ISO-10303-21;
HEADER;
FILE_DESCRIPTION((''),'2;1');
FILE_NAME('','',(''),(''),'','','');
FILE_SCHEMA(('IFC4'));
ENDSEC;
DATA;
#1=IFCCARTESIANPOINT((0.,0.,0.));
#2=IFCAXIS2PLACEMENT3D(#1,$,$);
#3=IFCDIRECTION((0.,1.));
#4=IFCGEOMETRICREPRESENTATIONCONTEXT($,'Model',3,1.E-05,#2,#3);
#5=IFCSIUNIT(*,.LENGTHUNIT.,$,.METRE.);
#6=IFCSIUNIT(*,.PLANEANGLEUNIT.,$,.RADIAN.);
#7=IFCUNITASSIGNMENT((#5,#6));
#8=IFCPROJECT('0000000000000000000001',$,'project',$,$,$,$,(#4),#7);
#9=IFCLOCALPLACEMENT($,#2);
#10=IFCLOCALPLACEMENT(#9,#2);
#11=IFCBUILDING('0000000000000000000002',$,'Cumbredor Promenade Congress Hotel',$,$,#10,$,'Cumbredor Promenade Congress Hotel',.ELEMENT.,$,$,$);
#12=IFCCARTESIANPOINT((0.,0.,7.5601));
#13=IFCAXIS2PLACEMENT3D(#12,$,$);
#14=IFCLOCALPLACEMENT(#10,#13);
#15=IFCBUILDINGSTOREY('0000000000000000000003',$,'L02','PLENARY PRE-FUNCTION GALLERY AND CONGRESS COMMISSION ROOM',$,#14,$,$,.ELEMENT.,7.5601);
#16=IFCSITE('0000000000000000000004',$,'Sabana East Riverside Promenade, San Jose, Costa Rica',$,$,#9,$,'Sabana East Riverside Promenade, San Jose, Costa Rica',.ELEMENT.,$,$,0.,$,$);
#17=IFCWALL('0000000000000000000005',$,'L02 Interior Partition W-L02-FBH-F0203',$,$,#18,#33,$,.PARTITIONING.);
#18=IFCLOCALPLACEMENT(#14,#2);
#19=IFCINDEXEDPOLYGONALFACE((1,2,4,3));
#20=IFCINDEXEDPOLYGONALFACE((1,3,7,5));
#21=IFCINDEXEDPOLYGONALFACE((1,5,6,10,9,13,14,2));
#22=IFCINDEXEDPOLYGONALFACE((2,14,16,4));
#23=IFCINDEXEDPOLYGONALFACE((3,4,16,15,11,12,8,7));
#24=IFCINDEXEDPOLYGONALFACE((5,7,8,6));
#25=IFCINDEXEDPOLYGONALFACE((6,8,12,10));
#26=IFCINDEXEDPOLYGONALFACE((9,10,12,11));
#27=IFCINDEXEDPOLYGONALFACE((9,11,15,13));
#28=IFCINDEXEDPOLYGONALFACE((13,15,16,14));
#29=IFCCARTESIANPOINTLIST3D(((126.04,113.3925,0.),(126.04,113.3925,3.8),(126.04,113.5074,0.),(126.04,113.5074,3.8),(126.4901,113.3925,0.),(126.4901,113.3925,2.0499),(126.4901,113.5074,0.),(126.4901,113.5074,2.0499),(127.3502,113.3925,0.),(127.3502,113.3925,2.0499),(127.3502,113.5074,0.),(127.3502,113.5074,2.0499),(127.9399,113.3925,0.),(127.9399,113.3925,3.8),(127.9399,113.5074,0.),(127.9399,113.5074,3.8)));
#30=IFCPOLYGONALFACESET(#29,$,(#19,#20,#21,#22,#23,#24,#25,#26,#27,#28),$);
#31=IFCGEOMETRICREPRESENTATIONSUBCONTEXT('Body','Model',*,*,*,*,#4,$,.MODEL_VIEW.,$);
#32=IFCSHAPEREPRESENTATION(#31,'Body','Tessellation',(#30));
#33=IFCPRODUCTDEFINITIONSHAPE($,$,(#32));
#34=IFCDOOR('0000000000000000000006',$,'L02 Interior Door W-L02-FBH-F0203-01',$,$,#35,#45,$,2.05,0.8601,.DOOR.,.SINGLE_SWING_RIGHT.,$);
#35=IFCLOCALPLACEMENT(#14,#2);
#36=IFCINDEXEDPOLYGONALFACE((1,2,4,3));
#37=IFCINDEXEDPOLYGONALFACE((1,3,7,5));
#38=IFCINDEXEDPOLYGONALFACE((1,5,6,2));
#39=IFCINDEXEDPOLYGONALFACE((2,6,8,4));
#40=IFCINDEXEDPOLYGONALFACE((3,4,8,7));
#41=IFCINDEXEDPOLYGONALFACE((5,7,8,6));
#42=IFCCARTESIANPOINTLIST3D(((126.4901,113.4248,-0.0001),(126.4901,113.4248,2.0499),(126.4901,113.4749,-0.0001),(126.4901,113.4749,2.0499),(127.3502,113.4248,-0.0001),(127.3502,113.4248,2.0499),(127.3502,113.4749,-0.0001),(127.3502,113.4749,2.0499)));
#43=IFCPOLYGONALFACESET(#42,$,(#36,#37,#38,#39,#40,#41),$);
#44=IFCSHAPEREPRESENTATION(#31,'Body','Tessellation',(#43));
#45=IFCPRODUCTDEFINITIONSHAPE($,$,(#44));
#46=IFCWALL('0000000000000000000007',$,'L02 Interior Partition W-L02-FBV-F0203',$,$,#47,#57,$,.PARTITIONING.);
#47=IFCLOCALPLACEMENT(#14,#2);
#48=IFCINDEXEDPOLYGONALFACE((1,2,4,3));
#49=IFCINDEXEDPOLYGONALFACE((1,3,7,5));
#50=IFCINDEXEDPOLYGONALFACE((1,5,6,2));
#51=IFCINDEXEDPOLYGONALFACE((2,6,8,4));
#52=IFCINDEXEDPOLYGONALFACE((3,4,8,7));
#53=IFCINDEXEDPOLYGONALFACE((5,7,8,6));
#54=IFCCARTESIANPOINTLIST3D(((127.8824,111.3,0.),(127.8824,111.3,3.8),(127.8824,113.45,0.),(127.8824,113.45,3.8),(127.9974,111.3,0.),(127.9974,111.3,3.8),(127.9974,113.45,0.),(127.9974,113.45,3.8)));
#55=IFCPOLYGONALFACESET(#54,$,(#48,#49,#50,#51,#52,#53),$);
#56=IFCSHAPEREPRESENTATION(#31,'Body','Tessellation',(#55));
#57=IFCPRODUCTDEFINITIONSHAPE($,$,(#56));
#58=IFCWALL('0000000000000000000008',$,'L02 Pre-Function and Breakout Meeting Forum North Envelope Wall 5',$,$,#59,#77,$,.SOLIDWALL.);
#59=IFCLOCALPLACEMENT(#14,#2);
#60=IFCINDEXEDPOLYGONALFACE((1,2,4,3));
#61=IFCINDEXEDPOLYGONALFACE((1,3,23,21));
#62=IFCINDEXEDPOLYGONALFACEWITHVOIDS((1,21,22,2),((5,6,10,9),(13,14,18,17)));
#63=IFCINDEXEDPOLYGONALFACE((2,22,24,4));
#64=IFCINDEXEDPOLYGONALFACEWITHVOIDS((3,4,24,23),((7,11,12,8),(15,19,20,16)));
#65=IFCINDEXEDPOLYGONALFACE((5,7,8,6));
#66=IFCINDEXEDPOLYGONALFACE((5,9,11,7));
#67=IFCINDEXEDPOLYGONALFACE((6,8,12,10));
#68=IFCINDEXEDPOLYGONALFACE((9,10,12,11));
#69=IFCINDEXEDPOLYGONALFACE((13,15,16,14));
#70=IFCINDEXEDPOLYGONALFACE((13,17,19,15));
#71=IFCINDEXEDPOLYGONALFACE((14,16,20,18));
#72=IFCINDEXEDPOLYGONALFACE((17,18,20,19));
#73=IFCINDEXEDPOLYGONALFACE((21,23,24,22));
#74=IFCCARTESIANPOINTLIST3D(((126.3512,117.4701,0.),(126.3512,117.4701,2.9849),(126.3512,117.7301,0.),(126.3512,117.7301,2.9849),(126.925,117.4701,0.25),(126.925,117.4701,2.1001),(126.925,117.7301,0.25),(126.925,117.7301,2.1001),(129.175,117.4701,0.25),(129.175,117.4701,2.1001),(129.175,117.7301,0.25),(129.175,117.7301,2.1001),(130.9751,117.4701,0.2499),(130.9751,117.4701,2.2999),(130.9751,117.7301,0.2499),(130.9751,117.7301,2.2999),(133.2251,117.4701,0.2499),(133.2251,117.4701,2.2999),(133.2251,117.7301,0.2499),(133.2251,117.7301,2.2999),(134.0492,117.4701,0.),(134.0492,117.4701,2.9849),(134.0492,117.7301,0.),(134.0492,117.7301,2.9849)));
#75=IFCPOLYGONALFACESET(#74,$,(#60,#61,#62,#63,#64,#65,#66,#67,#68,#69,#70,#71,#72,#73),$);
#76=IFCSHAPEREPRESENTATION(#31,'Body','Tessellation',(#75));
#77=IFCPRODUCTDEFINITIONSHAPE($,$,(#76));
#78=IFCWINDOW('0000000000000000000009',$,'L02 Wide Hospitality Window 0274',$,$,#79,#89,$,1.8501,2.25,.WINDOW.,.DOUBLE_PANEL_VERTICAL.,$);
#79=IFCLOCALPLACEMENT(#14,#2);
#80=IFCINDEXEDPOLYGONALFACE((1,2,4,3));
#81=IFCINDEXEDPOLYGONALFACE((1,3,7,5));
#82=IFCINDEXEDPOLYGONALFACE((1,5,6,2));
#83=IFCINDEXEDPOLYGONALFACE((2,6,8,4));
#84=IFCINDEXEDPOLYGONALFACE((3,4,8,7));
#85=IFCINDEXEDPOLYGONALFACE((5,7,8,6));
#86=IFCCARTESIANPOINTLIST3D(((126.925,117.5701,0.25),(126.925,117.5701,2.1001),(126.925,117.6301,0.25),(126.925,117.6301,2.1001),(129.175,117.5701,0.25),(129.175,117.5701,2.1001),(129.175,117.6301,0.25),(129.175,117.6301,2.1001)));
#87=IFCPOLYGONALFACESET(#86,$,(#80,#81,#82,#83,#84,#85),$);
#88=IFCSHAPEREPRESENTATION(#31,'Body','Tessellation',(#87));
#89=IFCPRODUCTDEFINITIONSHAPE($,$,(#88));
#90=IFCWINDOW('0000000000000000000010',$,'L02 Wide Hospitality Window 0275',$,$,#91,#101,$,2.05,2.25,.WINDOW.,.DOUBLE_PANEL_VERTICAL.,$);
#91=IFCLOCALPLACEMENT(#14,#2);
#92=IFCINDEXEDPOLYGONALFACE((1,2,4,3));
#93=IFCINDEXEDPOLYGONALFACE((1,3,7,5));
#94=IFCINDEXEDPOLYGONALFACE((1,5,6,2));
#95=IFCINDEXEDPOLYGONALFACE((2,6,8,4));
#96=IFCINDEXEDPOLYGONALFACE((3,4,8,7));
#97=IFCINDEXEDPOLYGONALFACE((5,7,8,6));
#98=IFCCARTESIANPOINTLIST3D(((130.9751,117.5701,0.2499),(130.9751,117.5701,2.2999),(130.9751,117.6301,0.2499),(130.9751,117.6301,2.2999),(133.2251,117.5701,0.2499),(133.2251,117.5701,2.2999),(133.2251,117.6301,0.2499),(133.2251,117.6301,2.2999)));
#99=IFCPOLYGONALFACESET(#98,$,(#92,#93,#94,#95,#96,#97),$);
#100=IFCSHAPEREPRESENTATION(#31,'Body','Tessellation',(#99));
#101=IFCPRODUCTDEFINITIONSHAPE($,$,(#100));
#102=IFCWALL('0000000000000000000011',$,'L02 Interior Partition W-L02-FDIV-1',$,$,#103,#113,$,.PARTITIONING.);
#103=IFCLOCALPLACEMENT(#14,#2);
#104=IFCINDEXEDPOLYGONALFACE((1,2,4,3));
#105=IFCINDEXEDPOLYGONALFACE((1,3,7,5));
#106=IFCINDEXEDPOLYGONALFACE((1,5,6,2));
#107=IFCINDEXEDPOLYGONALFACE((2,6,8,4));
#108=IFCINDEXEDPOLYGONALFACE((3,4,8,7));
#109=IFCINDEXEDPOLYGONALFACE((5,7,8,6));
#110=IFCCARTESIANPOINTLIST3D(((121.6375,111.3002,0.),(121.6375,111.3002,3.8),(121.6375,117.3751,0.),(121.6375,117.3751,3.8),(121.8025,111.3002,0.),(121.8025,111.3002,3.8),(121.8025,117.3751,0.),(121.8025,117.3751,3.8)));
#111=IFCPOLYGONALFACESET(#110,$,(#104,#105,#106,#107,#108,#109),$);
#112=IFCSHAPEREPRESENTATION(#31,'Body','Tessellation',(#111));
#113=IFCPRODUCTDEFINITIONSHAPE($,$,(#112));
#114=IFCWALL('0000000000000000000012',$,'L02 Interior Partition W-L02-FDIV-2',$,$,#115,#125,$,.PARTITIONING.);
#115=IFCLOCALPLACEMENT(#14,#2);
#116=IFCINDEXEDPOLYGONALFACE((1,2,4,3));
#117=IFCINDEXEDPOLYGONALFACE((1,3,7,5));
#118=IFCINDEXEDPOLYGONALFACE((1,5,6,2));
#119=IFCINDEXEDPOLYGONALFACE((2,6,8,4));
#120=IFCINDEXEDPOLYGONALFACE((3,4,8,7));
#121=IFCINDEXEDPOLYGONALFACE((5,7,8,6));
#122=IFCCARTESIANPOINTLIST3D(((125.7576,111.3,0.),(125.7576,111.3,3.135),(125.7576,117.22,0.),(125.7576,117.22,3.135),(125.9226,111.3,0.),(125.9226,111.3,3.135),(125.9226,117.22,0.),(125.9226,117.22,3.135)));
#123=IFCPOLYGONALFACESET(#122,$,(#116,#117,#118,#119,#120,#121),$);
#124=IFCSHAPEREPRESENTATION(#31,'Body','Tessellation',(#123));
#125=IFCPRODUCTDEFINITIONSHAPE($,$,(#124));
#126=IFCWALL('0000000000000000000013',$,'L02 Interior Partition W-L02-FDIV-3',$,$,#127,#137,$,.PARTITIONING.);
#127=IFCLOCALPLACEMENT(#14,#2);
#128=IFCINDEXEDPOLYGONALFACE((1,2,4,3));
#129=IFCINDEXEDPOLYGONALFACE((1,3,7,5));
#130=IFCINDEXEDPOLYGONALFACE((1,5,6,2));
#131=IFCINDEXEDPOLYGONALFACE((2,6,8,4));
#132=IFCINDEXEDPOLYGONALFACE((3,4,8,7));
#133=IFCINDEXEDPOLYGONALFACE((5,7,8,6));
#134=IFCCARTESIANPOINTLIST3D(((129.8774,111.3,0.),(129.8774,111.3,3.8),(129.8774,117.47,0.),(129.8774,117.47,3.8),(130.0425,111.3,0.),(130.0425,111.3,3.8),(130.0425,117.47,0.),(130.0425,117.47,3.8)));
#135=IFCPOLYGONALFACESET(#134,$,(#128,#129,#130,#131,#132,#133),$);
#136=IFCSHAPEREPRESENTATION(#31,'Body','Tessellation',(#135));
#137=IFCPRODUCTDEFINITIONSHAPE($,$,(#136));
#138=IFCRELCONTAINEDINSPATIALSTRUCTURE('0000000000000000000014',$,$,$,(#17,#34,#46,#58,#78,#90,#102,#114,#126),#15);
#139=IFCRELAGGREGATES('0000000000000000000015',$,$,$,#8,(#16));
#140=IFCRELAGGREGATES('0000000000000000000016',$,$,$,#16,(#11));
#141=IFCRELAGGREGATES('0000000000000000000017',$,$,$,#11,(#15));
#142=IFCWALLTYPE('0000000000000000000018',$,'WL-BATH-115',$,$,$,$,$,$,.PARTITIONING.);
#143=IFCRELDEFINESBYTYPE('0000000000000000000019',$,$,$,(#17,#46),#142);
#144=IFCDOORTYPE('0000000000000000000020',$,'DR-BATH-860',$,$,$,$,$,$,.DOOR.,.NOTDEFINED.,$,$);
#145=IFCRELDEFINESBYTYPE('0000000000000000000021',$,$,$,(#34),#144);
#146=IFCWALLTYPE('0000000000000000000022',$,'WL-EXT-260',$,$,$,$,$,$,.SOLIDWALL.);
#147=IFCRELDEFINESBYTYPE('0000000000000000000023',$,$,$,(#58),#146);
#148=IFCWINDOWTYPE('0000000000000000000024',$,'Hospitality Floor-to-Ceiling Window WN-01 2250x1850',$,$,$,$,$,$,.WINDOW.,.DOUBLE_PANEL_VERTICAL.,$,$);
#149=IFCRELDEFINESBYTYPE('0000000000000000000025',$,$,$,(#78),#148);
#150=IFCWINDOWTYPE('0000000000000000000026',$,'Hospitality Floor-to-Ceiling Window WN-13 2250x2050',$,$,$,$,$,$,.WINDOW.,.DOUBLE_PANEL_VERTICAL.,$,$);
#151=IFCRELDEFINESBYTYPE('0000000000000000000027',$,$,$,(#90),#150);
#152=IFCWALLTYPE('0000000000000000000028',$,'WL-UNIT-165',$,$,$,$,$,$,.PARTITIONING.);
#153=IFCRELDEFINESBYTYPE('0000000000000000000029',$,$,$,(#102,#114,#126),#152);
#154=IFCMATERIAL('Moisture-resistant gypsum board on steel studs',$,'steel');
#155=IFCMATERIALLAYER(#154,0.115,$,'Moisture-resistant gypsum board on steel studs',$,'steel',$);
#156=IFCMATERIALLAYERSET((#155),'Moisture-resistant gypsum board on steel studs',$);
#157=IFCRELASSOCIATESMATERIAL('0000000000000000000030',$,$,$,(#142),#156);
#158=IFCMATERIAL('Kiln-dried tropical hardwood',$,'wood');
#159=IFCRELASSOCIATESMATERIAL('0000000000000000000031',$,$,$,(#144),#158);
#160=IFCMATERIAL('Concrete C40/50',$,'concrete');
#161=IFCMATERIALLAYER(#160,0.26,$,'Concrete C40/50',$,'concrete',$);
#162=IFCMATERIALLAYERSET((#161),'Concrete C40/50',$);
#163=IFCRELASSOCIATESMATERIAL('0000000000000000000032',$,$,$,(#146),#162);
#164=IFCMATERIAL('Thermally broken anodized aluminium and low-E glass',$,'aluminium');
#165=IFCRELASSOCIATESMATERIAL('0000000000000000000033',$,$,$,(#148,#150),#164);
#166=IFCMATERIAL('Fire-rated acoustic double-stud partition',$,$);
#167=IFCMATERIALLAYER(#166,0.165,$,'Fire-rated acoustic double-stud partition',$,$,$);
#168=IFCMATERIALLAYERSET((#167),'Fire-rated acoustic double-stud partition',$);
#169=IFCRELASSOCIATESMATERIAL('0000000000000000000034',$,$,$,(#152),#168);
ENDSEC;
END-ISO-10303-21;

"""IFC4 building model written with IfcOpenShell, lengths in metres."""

from ifc_helpers import new_model, si_unit, direction, frame, frame_2d, origin, place, context, subcontext, project, spatial, rectangle, extrude, material, layer, layer_set, type_object, element, fill, save


model = new_model("IFC4")

# Units and contexts
model_context = context("Model", 3, precision=1e-05, world=origin(), true_north=direction((0.0, 1.0)))
body_context = subcontext(model_context, "Body", "Model", "MODEL_VIEW")
ifc_project = project(units=[si_unit("LENGTHUNIT", "METRE"), si_unit("PLANEANGLEUNIT", "RADIAN")], contexts=[model_context])

# Site, building, storey
site_placement = place(None, origin())
site = spatial("IfcSite", under=ifc_project, at=site_placement, Name="Sabana East Riverside Promenade, San Jose, Costa Rica", LongName="Sabana East Riverside Promenade, San Jose, Costa Rica", CompositionType="ELEMENT", RefElevation=0.0)
building_placement = place(site_placement, origin())
building = spatial("IfcBuilding", under=site, at=building_placement, Name="Cumbredor Promenade Congress Hotel", LongName="Cumbredor Promenade Congress Hotel", CompositionType="ELEMENT")
storey_placement = place(building_placement, frame((0.0, 0.0, 7.5601)))
storey = spatial("IfcBuildingStorey", under=building, at=storey_placement, Name="L02", Description="PLENARY PRE-FUNCTION GALLERY AND CONGRESS COMMISSION ROOM", CompositionType="ELEMENT", Elevation=7.5601)

# Shared definitions
ifc_material_1 = material(Name="Concrete C40/50", Category="concrete")

# Shared definitions
ifc_material_2 = material(Name="Thermally broken anodized aluminium and low-E glass", Category="aluminium")

# Shared definitions
ifc_material_3 = material(Name="Kiln-dried tropical hardwood", Category="wood")

# Shared definitions
ifc_material_4 = material(Name="Moisture-resistant gypsum board on steel studs", Category="steel")
ifc_layer_1 = layer(ifc_material_4, 0.115, Name="Moisture-resistant gypsum board on steel studs", Category="steel")
ifc_layer_set_1 = layer_set([ifc_layer_1], Name="Moisture-resistant gypsum board on steel studs")
wall_type_1 = type_object("IfcWallType", Name="WL-BATH-115", PredefinedType="PARTITIONING", material=ifc_layer_set_1)

# Shared definitions
door_type = type_object("IfcDoorType", Name="DR-BATH-860", OperationType="NOTDEFINED", PredefinedType="DOOR", material=ifc_material_3)

# Wall, opening, door
wall_1_placement = place(storey_placement, frame((126.04, 113.45, 0.0), z_axis=(0.0, 0.0, 1.0), x_axis=(1.0, 0.0, 0.0)))
wall_1 = element("IfcWall", 1, at=wall_1_placement, inside=storey, type_object=wall_type_1, Name="L02 Interior Partition W-L02-FBH-F0203", PredefinedType="PARTITIONING", context=body_context, shape_type="SweptSolid", body=[
    extrude(rectangle(XDim=1.8999, YDim=0.115, at=frame_2d((0.95, 0.0))), origin(), (0.0, 0.0, 1.0), 3.8),
])
opening_1_placement = place(wall_1_placement, frame((0.45, 0.0, 0.0)))
opening_1 = element("IfcOpeningElement", 2, at=opening_1_placement, cuts=wall_1, PredefinedType="OPENING", context=body_context, shape_type="SweptSolid", body=[
    extrude(rectangle(XDim=0.8601, YDim=2.05, at=frame_2d((0.4302, 1.0249))), frame((0.0, 0.0674, 0.0), z_axis=(0.0, -1.0, 0.0), x_axis=(1.0, 0.0, 0.0)), (0.0, 0.0, 1.0), 0.135),
])
door_1_placement = place(opening_1_placement, origin())
door_1 = element("IfcDoor", 3, at=door_1_placement, inside=storey, type_object=door_type, Name="L02 Interior Door W-L02-FBH-F0203-01", OperationType="SINGLE_SWING_RIGHT", OverallHeight=2.05, OverallWidth=0.8601, PredefinedType="DOOR", context=body_context, shape_type="SweptSolid", body=[
    extrude(rectangle(XDim=0.8601, YDim=2.05, at=frame_2d((0.4302, 1.0249))), frame((0.0, 0.0249, 0.0), z_axis=(0.0, -1.0, 0.0), x_axis=(1.0, 0.0, 0.0)), (0.0, 0.0, 1.0), 0.05),
])
fill(opening_1, door_1)

# Wall
wall_2_placement = place(storey_placement, frame((127.9399, 111.3, 0.0), z_axis=(0.0, 0.0, 1.0), x_axis=(0.0, 1.0, 0.0)))
element("IfcWall", 4, at=wall_2_placement, inside=storey, type_object=wall_type_1, Name="L02 Interior Partition W-L02-FBV-F0203", PredefinedType="PARTITIONING", context=body_context, shape_type="SweptSolid", body=[
    extrude(rectangle(XDim=2.1499, YDim=0.115, at=frame_2d((1.075, 0.0))), origin(), (0.0, 0.0, 1.0), 3.8),
])

# Wall, openings, windows
ifc_layer_2 = layer(ifc_material_1, 0.26, Name="Concrete C40/50", Category="concrete")
ifc_layer_set_2 = layer_set([ifc_layer_2], Name="Concrete C40/50")
wall_type_2 = type_object("IfcWallType", Name="WL-EXT-260", PredefinedType="SOLIDWALL", material=ifc_layer_set_2)
wall_3_placement = place(storey_placement, frame((126.3511, 117.6001, 0.0), z_axis=(0.0, 0.0, 1.0), x_axis=(1.0, 0.0, 0.0)))
wall_3 = element("IfcWall", 5, at=wall_3_placement, inside=storey, type_object=wall_type_2, Name="L02 Pre-Function and Breakout Meeting Forum North Envelope Wall 5", PredefinedType="SOLIDWALL", context=body_context, shape_type="SweptSolid", body=[
    extrude(rectangle(XDim=7.698, YDim=0.26, at=frame_2d((3.8491, 0.0))), origin(), (0.0, 0.0, 1.0), 2.9849),
])
opening_2_placement = place(wall_3_placement, frame((0.574, 0.0, 0.25)))
opening_2 = element("IfcOpeningElement", 6, at=opening_2_placement, cuts=wall_3, PredefinedType="OPENING", context=body_context, shape_type="SweptSolid", body=[
    extrude(rectangle(XDim=2.25, YDim=1.8501, at=frame_2d((1.125, 0.925))), frame((0.0, 0.1401, 0.0), z_axis=(0.0, -1.0, 0.0), x_axis=(1.0, 0.0, 0.0)), (0.0, 0.0, 1.0), 0.28),
])
opening_3_placement = place(wall_3_placement, frame((4.624, 0.0, 0.25)))
opening_3 = element("IfcOpeningElement", 7, at=opening_3_placement, cuts=wall_3, PredefinedType="OPENING", context=body_context, shape_type="SweptSolid", body=[
    extrude(rectangle(XDim=2.25, YDim=2.05, at=frame_2d((1.125, 1.0249))), frame((0.0, 0.1401, 0.0), z_axis=(0.0, -1.0, 0.0), x_axis=(1.0, 0.0, 0.0)), (0.0, 0.0, 1.0), 0.28),
])
window_type_1 = type_object("IfcWindowType", Name="Hospitality Floor-to-Ceiling Window WN-01 2250x1850", PartitioningType="DOUBLE_PANEL_VERTICAL", PredefinedType="WINDOW", material=ifc_material_2)
window_1_placement = place(opening_2_placement, origin())
window_1 = element("IfcWindow", 8, at=window_1_placement, inside=storey, type_object=window_type_1, Name="L02 Wide Hospitality Window 0274", OverallHeight=1.8501, OverallWidth=2.25, PartitioningType="DOUBLE_PANEL_VERTICAL", PredefinedType="WINDOW", context=body_context, shape_type="SweptSolid", body=[
    extrude(rectangle(XDim=2.25, YDim=1.8501, at=frame_2d((1.125, 0.925))), frame((0.0, 0.03, 0.0), z_axis=(0.0, -1.0, 0.0), x_axis=(1.0, 0.0, 0.0)), (0.0, 0.0, 1.0), 0.0601),
])
fill(opening_2, window_1)
window_type_2 = type_object("IfcWindowType", Name="Hospitality Floor-to-Ceiling Window WN-13 2250x2050", PartitioningType="DOUBLE_PANEL_VERTICAL", PredefinedType="WINDOW", material=ifc_material_2)
window_2_placement = place(opening_3_placement, origin())
window_2 = element("IfcWindow", 9, at=window_2_placement, inside=storey, type_object=window_type_2, Name="L02 Wide Hospitality Window 0275", OverallHeight=2.05, OverallWidth=2.25, PartitioningType="DOUBLE_PANEL_VERTICAL", PredefinedType="WINDOW", context=body_context, shape_type="SweptSolid", body=[
    extrude(rectangle(XDim=2.25, YDim=2.05, at=frame_2d((1.125, 1.0249))), frame((0.0, 0.03, 0.0), z_axis=(0.0, -1.0, 0.0), x_axis=(1.0, 0.0, 0.0)), (0.0, 0.0, 1.0), 0.0601),
])
fill(opening_3, window_2)

# Walls
ifc_material_5 = material(Name="Fire-rated acoustic double-stud partition")
ifc_layer_3 = layer(ifc_material_5, 0.165, Name="Fire-rated acoustic double-stud partition")
ifc_layer_set_3 = layer_set([ifc_layer_3], Name="Fire-rated acoustic double-stud partition")
wall_type_3 = type_object("IfcWallType", Name="WL-UNIT-165", PredefinedType="PARTITIONING", material=ifc_layer_set_3)
wall_4_placement = place(storey_placement, frame((121.72, 111.3, 0.0), z_axis=(0.0, 0.0, 1.0), x_axis=(0.0, 1.0, 0.0)))
element("IfcWall", 10, at=wall_4_placement, inside=storey, type_object=wall_type_3, Name="L02 Interior Partition W-L02-FDIV-1", PredefinedType="PARTITIONING", context=body_context, shape_type="SweptSolid", body=[
    extrude(rectangle(XDim=6.075, YDim=0.165, at=frame_2d((3.0376, 0.0))), origin(), (0.0, 0.0, 1.0), 3.8),
])
wall_5_placement = place(storey_placement, frame((125.8401, 111.3, 0.0), z_axis=(0.0, 0.0, 1.0), x_axis=(0.0, 1.0, 0.0)))
element("IfcWall", 11, at=wall_5_placement, inside=storey, type_object=wall_type_3, Name="L02 Interior Partition W-L02-FDIV-2", PredefinedType="PARTITIONING", context=body_context, shape_type="SweptSolid", body=[
    extrude(rectangle(XDim=5.9199, YDim=0.165, at=frame_2d((2.96, 0.0))), origin(), (0.0, 0.0, 1.0), 3.135),
])
wall_6_placement = place(storey_placement, frame((129.96, 111.3, 0.0), z_axis=(0.0, 0.0, 1.0), x_axis=(0.0, 1.0, 0.0)))
element("IfcWall", 12, at=wall_6_placement, inside=storey, type_object=wall_type_3, Name="L02 Interior Partition W-L02-FDIV-3", PredefinedType="PARTITIONING", context=body_context, shape_type="SweptSolid", body=[
    extrude(rectangle(XDim=6.1699, YDim=0.165, at=frame_2d((3.085, 0.0))), origin(), (0.0, 0.0, 1.0), 3.8),
])

save(model, "model.ifc")
